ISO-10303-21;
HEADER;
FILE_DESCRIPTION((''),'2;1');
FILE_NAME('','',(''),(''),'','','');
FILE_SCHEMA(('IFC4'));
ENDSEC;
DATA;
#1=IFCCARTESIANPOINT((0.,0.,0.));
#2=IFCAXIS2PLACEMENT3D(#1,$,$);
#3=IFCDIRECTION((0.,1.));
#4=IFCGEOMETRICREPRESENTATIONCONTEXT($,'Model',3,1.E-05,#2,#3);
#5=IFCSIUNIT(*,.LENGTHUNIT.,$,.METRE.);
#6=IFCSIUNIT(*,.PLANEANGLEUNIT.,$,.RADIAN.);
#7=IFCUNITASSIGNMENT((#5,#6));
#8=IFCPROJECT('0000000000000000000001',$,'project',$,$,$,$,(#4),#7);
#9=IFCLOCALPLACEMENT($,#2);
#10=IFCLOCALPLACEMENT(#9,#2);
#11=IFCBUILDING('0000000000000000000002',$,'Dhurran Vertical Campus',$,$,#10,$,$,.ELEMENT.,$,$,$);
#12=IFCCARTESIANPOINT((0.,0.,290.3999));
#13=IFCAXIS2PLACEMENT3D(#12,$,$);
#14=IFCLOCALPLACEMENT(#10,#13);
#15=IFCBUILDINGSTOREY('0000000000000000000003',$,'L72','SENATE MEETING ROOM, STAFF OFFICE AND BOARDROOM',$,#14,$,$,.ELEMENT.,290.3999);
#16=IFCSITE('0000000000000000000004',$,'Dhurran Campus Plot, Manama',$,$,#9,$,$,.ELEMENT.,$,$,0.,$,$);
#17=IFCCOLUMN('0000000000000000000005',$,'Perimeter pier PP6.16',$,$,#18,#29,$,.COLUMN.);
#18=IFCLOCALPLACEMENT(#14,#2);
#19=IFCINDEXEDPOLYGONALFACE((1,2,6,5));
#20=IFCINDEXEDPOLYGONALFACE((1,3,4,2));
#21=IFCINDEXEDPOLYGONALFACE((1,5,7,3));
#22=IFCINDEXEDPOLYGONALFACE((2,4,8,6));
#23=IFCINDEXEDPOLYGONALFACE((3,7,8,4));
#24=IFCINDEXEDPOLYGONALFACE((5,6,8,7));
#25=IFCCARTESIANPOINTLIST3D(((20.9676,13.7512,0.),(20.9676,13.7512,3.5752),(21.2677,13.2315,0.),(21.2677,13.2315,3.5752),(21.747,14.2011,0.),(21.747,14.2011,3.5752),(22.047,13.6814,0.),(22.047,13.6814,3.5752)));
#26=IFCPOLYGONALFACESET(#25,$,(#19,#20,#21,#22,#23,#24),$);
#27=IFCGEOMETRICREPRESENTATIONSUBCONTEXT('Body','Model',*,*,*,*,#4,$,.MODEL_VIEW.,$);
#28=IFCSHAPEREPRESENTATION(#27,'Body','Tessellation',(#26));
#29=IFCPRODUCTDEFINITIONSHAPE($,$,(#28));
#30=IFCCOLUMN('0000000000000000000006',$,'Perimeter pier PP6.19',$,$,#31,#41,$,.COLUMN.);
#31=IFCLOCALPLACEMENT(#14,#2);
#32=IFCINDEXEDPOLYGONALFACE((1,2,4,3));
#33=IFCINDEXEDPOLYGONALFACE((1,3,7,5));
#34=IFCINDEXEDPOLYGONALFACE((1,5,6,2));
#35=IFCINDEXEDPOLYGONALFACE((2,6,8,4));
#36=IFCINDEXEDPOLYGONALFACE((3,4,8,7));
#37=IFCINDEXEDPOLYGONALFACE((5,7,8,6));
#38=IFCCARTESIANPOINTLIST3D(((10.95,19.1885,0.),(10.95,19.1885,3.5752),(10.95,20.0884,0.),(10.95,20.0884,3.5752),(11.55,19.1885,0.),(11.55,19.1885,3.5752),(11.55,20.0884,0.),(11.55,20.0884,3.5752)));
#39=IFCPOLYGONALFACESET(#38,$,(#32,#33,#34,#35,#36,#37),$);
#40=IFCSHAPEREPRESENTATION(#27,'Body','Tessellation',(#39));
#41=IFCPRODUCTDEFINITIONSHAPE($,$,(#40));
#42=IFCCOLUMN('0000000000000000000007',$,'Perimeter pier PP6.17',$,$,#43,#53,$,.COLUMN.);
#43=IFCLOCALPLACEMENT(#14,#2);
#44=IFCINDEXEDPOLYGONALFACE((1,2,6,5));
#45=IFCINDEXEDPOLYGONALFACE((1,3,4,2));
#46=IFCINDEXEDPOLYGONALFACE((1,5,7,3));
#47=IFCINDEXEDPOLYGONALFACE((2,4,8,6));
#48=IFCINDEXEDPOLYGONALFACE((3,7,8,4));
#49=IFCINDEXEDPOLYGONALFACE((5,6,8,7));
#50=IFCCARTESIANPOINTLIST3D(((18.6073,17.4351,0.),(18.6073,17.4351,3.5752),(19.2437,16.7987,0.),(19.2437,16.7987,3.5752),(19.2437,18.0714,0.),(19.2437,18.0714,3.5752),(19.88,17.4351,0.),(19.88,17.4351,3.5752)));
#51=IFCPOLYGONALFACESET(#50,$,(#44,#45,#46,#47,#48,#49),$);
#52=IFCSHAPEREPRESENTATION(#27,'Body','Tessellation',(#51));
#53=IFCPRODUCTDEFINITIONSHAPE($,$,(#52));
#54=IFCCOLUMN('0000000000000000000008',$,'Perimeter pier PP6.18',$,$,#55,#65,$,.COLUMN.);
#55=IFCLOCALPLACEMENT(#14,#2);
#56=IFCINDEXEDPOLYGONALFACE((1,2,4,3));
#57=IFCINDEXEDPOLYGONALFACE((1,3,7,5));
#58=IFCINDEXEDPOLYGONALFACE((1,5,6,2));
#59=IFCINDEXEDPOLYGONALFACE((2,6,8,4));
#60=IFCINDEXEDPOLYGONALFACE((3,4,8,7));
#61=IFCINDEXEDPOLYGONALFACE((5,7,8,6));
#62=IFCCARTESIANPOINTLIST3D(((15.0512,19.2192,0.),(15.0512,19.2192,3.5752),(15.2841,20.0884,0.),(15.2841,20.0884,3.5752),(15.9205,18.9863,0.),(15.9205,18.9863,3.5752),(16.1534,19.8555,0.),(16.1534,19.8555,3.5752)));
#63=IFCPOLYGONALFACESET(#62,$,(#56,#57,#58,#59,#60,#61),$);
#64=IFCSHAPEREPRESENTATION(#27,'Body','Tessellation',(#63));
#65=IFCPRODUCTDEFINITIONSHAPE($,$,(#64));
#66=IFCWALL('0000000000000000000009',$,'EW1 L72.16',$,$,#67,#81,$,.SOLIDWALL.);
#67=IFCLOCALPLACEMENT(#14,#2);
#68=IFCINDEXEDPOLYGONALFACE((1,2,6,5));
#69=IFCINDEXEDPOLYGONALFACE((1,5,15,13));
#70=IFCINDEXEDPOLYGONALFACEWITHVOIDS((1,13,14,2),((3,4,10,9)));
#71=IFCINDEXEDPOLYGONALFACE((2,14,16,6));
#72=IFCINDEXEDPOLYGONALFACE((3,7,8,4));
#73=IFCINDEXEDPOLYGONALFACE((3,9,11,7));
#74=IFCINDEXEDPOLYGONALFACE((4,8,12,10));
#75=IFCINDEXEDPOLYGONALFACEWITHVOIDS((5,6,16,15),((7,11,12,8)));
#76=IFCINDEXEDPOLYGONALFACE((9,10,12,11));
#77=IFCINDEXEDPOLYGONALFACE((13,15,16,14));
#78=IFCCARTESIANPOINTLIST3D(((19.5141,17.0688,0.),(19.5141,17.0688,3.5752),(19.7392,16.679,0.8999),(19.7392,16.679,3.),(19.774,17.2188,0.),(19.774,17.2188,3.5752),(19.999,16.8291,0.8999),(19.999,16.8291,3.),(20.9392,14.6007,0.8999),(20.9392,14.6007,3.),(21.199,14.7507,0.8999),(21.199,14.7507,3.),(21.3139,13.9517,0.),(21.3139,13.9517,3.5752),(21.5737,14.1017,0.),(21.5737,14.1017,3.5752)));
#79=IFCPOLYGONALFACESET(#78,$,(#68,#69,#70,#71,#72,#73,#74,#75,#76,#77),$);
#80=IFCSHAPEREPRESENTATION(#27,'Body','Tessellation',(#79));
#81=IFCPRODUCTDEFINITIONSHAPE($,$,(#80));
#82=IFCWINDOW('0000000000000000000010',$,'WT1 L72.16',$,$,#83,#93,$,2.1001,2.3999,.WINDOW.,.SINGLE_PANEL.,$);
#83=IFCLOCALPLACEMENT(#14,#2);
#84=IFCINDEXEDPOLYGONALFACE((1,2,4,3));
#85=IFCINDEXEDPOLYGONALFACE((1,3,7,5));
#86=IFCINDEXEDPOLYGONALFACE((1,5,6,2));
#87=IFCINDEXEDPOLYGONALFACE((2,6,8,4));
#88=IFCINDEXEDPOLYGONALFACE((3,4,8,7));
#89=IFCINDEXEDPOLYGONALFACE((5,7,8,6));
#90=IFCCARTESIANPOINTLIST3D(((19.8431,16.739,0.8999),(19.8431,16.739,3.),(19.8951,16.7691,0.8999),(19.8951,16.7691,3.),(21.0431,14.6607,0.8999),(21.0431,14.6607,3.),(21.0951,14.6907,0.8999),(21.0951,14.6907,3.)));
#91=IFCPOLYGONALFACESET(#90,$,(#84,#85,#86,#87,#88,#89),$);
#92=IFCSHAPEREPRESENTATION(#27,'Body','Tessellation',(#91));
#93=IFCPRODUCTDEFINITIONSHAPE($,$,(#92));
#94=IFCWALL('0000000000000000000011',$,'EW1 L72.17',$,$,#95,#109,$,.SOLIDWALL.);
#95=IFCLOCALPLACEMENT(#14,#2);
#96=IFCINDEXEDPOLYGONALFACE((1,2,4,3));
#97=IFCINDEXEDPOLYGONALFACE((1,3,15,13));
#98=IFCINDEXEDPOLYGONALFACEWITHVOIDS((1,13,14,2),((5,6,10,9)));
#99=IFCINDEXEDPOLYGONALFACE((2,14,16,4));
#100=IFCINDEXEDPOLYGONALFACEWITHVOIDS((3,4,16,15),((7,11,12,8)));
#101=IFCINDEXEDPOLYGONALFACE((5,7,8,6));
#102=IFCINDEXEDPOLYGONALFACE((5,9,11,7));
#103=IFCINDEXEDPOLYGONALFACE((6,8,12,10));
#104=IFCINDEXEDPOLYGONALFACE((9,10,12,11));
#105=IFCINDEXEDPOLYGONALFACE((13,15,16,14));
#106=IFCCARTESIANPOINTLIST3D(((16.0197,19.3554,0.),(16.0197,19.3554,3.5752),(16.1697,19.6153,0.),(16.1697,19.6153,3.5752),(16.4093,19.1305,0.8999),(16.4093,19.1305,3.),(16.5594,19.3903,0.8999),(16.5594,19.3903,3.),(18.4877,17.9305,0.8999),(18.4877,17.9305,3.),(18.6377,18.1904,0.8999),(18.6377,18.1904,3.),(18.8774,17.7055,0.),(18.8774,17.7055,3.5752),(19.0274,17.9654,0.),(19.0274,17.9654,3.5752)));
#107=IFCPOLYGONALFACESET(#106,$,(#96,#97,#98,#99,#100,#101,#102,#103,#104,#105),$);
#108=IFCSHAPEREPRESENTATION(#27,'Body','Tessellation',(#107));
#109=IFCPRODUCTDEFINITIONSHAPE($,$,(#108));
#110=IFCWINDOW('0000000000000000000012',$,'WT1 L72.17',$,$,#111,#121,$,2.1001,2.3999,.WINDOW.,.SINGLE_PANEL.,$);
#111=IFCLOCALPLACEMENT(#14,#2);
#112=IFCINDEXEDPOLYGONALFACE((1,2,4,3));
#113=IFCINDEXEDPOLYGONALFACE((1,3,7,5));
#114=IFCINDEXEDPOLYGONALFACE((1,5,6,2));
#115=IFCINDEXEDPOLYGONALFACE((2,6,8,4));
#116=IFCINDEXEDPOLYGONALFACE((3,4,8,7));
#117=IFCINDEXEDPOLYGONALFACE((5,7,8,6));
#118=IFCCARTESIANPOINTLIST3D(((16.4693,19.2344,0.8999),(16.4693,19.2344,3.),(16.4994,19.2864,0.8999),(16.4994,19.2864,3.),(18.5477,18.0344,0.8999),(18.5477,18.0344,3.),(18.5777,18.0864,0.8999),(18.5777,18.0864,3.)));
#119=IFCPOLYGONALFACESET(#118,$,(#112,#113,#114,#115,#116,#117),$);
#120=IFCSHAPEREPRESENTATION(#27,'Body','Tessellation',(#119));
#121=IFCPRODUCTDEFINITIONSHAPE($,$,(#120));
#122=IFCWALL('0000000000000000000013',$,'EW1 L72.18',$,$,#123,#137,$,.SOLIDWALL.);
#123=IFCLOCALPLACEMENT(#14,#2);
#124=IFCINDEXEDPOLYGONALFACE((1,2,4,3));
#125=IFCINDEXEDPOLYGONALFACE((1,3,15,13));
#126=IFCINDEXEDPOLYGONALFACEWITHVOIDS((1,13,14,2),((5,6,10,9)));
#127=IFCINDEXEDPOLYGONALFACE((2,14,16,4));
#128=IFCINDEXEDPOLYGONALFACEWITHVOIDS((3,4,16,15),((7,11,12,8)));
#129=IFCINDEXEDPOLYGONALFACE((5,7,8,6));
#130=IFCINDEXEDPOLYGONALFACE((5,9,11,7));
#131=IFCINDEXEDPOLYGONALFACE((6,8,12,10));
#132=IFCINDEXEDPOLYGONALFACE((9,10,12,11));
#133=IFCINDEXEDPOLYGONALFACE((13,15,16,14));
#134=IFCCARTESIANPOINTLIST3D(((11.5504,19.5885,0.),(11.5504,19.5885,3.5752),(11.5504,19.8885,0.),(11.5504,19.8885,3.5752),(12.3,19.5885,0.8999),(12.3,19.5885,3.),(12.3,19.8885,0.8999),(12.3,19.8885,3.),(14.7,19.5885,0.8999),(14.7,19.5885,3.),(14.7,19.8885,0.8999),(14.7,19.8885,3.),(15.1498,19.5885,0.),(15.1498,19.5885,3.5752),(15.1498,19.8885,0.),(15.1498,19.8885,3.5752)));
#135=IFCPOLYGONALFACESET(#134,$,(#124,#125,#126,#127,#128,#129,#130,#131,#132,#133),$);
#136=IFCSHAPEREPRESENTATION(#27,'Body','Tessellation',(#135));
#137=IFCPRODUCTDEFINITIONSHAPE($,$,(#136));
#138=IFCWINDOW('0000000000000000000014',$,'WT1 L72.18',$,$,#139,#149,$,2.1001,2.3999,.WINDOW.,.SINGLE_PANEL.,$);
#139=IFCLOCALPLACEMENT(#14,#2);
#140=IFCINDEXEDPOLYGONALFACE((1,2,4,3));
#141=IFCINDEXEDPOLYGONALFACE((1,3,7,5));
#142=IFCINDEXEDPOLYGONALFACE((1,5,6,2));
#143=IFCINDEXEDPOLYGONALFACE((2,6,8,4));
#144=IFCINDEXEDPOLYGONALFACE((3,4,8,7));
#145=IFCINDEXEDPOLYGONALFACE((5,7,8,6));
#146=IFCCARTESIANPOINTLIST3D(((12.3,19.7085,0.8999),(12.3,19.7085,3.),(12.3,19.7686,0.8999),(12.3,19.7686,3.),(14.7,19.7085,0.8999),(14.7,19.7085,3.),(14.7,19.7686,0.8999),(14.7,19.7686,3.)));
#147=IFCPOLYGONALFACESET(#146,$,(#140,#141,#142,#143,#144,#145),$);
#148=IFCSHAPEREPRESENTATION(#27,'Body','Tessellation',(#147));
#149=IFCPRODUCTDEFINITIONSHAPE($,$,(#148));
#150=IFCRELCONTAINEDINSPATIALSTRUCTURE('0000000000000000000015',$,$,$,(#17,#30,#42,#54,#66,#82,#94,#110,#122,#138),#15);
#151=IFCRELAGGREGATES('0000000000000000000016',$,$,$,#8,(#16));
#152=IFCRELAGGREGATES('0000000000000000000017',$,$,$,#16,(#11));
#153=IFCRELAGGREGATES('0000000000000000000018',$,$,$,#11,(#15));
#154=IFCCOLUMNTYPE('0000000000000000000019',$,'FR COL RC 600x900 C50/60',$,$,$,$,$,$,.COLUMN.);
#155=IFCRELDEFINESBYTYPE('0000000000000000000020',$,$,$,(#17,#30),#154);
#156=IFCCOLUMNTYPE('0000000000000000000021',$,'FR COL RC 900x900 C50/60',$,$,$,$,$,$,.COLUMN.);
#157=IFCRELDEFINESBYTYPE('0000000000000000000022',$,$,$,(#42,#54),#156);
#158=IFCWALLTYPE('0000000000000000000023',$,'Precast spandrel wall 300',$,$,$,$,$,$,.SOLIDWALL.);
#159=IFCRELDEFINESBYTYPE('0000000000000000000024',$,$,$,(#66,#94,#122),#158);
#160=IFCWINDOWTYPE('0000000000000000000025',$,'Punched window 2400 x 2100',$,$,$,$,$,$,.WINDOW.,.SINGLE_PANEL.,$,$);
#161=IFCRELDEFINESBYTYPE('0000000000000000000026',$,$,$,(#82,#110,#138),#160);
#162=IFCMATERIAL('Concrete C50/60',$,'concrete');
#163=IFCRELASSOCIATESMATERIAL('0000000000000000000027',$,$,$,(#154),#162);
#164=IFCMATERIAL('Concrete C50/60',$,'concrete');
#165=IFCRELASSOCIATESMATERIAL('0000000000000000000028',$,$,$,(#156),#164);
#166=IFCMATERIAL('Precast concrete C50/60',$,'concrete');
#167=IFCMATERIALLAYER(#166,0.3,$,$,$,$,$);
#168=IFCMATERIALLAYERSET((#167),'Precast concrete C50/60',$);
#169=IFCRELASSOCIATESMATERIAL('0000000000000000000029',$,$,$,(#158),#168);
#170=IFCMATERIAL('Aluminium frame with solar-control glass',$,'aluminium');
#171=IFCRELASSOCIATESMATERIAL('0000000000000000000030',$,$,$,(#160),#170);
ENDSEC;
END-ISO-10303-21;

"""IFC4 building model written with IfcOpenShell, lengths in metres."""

from ifc_helpers import new_model, si_unit, direction, frame, frame_2d, origin, origin_2d, place, context, subcontext, project, spatial, rectangle, extrude, material, layer, layer_set, material_profile, profile_set, type_object, element, fill, save


model = new_model("IFC4")

# Units and contexts
model_context = context("Model", 3, precision=1e-05, world=origin(), true_north=direction((0.0, 1.0)))
body_context = subcontext(model_context, "Body", "Model", "MODEL_VIEW")
ifc_project = project(units=[si_unit("LENGTHUNIT", "METRE"), si_unit("PLANEANGLEUNIT", "RADIAN")], contexts=[model_context])

# Site, building, storey
site_placement = place(None, origin())
site = spatial("IfcSite", under=ifc_project, at=site_placement, Name="Dhurran Campus Plot, Manama", CompositionType="ELEMENT", RefElevation=0.0)
building_placement = place(site_placement, origin())
building = spatial("IfcBuilding", under=site, at=building_placement, Name="Dhurran Vertical Campus", CompositionType="ELEMENT")
storey_placement = place(building_placement, frame((0.0, 0.0, 290.3999)))
storey = spatial("IfcBuildingStorey", under=building, at=storey_placement, Name="L72", Description="SENATE MEETING ROOM, STAFF OFFICE AND BOARDROOM", CompositionType="ELEMENT", Elevation=290.3999)

# Columns
ifc_material_1 = material(Name="Concrete C50/60", Category="concrete")
ifc_material_profile_1 = material_profile(ifc_material_1, rectangle(XDim=0.6001, YDim=0.8999, at=origin_2d()), Name="RC 600x900")
ifc_profile_set_1 = profile_set([ifc_material_profile_1], Name="Concrete C50/60")
column_type_1 = type_object("IfcColumnType", Name="FR COL RC 600x900 C50/60", PredefinedType="COLUMN", material=ifc_profile_set_1)
for number, where, z_axis, x_axis, name in (
    (1, (21.5073, 13.7163, 0.0), (0.0, 0.0, 1.0), (-0.5, 0.866025, 0.0), "Perimeter pier PP6.16"),
    (2, (11.25, 19.6384, 0.0), (0.0, 0.0, 1.0), (-1.0, 0.0, 0.0), "Perimeter pier PP6.19"),
):
    element("IfcColumn", number, at=place(storey_placement, frame(where, z_axis=z_axis, x_axis=x_axis)), inside=storey, type_object=column_type_1, Name=name, PredefinedType="COLUMN", context=body_context, shape_type="SweptSolid", body=[
        extrude(rectangle(XDim=0.6001, YDim=0.8999, at=origin_2d()), origin(), (0.0, 0.0, 1.0), 3.5752),
    ])
ifc_material_2 = material(Name="Concrete C50/60", Category="concrete")
ifc_material_profile_2 = material_profile(ifc_material_2, rectangle(XDim=0.8999, YDim=0.8999, at=origin_2d()), Name="RC 900x900")
ifc_profile_set_2 = profile_set([ifc_material_profile_2], Name="Concrete C50/60")
column_type_2 = type_object("IfcColumnType", Name="FR COL RC 900x900 C50/60", PredefinedType="COLUMN", material=ifc_profile_set_2)
for number, where, z_axis, x_axis, name in (
    (3, (19.2437, 17.4351, 0.0), (0.0, 0.0, 1.0), (-0.707107, 0.707107, 0.0), "Perimeter pier PP6.17"),
    (4, (15.6023, 19.5374, 0.0), (0.0, 0.0, 1.0), (-0.965926, 0.258819, 0.0), "Perimeter pier PP6.18"),
):
    element("IfcColumn", number, at=place(storey_placement, frame(where, z_axis=z_axis, x_axis=x_axis)), inside=storey, type_object=column_type_2, Name=name, PredefinedType="COLUMN", context=body_context, shape_type="SweptSolid", body=[
        extrude(rectangle(XDim=0.8999, YDim=0.8999, at=origin_2d()), origin(), (0.0, 0.0, 1.0), 3.5752),
    ])

# Walls, openings, windows
ifc_material_3 = material(Name="Precast concrete C50/60", Category="concrete")
ifc_layer_1 = layer(ifc_material_3, 0.3)
ifc_layer_set_1 = layer_set([ifc_layer_1], Name="Precast concrete C50/60")
wall_type_1 = type_object("IfcWallType", Name="Precast spandrel wall 300", PredefinedType="SOLIDWALL", material=ifc_layer_set_1)
wall_1_placement = place(storey_placement, frame((21.4438, 14.0266, 0.0), z_axis=(0.0, 0.0, 1.0), x_axis=(-0.50002, 0.866014, 0.0)))
wall_1 = element("IfcWall", 5, at=wall_1_placement, inside=storey, type_object=wall_type_1, Name="EW1 L72.16", PredefinedType="SOLIDWALL", context=body_context, shape_type="SweptSolid", body=[
    extrude(rectangle(XDim=3.5994, YDim=0.3, at=frame_2d((1.7998, 0.0))), origin(), (0.0, 0.0, 1.0), 3.5752),
])
opening_1_placement = place(wall_1_placement, frame((0.7495, 0.0, 0.8999)))
opening_1 = element("IfcOpeningElement", 6, at=opening_1_placement, cuts=wall_1, PredefinedType="OPENING", context=body_context, shape_type="SweptSolid", body=[
    extrude(rectangle(XDim=2.3999, YDim=2.1001, at=frame_2d((1.2, 1.05))), frame((0.0, 0.1599, 0.0), z_axis=(0.0, -1.0, 0.0), x_axis=(1.0, 0.0, 0.0)), (0.0, 0.0, 1.0), 0.3201),
])
ifc_material_4 = material(Name="Aluminium frame with solar-control glass", Category="aluminium")
window_type = type_object("IfcWindowType", Name="Punched window 2400 x 2100", PartitioningType="SINGLE_PANEL", PredefinedType="WINDOW", material=ifc_material_4)
window_1_placement = place(opening_1_placement, origin())
window_1 = element("IfcWindow", 7, at=window_1_placement, inside=storey, type_object=window_type, Name="WT1 L72.16", OverallHeight=2.1001, OverallWidth=2.3999, PartitioningType="SINGLE_PANEL", PredefinedType="WINDOW", context=body_context, shape_type="SweptSolid", body=[
    extrude(rectangle(XDim=2.3999, YDim=2.1001, at=frame_2d((1.2, 1.05))), frame((0.0, 0.03, 0.0), z_axis=(0.0, -1.0, 0.0), x_axis=(1.0, 0.0, 0.0)), (0.0, 0.0, 1.0), 0.0601),
])
fill(opening_1, window_1)
wall_2_placement = place(storey_placement, frame((18.9524, 17.8354, 0.0), z_axis=(0.0, 0.0, 1.0), x_axis=(-0.866022, 0.500006, 0.0)))
wall_2 = element("IfcWall", 8, at=wall_2_placement, inside=storey, type_object=wall_type_1, Name="EW1 L72.17", PredefinedType="SOLIDWALL", context=body_context, shape_type="SweptSolid", body=[
    extrude(rectangle(XDim=3.2998, YDim=0.3, at=frame_2d((1.6499, 0.0))), origin(), (0.0, 0.0, 1.0), 3.5752),
])
opening_2_placement = place(wall_2_placement, frame((0.45, 0.0, 0.8999)))
opening_2 = element("IfcOpeningElement", 9, at=opening_2_placement, cuts=wall_2, PredefinedType="OPENING", context=body_context, shape_type="SweptSolid", body=[
    extrude(rectangle(XDim=2.3999, YDim=2.1001, at=frame_2d((1.2, 1.05))), frame((0.0, 0.1599, 0.0), z_axis=(0.0, -1.0, 0.0), x_axis=(1.0, 0.0, 0.0)), (0.0, 0.0, 1.0), 0.3201),
])
window_2_placement = place(opening_2_placement, origin())
window_2 = element("IfcWindow", 10, at=window_2_placement, inside=storey, type_object=window_type, Name="WT1 L72.17", OverallHeight=2.1001, OverallWidth=2.3999, PartitioningType="SINGLE_PANEL", PredefinedType="WINDOW", context=body_context, shape_type="SweptSolid", body=[
    extrude(rectangle(XDim=2.3999, YDim=2.1001, at=frame_2d((1.2, 1.05))), frame((0.0, 0.03, 0.0), z_axis=(0.0, -1.0, 0.0), x_axis=(1.0, 0.0, 0.0)), (0.0, 0.0, 1.0), 0.0601),
])
fill(opening_2, window_2)
wall_3_placement = place(storey_placement, frame((15.1499, 19.7385, 0.0), z_axis=(0.0, 0.0, 1.0), x_axis=(-1.0, 0.0, 0.0)))
wall_3 = element("IfcWall", 11, at=wall_3_placement, inside=storey, type_object=wall_type_1, Name="EW1 L72.18", PredefinedType="SOLIDWALL", context=body_context, shape_type="SweptSolid", body=[
    extrude(rectangle(XDim=3.5994, YDim=0.3, at=frame_2d((1.7998, 0.0))), origin(), (0.0, 0.0, 1.0), 3.5752),
])
opening_3_placement = place(wall_3_placement, frame((0.45, 0.0, 0.8999)))
opening_3 = element("IfcOpeningElement", 12, at=opening_3_placement, cuts=wall_3, PredefinedType="OPENING", context=body_context, shape_type="SweptSolid", body=[
    extrude(rectangle(XDim=2.3999, YDim=2.1001, at=frame_2d((1.2, 1.05))), frame((0.0, 0.1599, 0.0), z_axis=(0.0, -1.0, 0.0), x_axis=(1.0, 0.0, 0.0)), (0.0, 0.0, 1.0), 0.3201),
])
window_3_placement = place(opening_3_placement, origin())
window_3 = element("IfcWindow", 13, at=window_3_placement, inside=storey, type_object=window_type, Name="WT1 L72.18", OverallHeight=2.1001, OverallWidth=2.3999, PartitioningType="SINGLE_PANEL", PredefinedType="WINDOW", context=body_context, shape_type="SweptSolid", body=[
    extrude(rectangle(XDim=2.3999, YDim=2.1001, at=frame_2d((1.2, 1.05))), frame((0.0, 0.03, 0.0), z_axis=(0.0, -1.0, 0.0), x_axis=(1.0, 0.0, 0.0)), (0.0, 0.0, 1.0), 0.0601),
])
fill(opening_3, window_3)

save(model, "model.ifc")
